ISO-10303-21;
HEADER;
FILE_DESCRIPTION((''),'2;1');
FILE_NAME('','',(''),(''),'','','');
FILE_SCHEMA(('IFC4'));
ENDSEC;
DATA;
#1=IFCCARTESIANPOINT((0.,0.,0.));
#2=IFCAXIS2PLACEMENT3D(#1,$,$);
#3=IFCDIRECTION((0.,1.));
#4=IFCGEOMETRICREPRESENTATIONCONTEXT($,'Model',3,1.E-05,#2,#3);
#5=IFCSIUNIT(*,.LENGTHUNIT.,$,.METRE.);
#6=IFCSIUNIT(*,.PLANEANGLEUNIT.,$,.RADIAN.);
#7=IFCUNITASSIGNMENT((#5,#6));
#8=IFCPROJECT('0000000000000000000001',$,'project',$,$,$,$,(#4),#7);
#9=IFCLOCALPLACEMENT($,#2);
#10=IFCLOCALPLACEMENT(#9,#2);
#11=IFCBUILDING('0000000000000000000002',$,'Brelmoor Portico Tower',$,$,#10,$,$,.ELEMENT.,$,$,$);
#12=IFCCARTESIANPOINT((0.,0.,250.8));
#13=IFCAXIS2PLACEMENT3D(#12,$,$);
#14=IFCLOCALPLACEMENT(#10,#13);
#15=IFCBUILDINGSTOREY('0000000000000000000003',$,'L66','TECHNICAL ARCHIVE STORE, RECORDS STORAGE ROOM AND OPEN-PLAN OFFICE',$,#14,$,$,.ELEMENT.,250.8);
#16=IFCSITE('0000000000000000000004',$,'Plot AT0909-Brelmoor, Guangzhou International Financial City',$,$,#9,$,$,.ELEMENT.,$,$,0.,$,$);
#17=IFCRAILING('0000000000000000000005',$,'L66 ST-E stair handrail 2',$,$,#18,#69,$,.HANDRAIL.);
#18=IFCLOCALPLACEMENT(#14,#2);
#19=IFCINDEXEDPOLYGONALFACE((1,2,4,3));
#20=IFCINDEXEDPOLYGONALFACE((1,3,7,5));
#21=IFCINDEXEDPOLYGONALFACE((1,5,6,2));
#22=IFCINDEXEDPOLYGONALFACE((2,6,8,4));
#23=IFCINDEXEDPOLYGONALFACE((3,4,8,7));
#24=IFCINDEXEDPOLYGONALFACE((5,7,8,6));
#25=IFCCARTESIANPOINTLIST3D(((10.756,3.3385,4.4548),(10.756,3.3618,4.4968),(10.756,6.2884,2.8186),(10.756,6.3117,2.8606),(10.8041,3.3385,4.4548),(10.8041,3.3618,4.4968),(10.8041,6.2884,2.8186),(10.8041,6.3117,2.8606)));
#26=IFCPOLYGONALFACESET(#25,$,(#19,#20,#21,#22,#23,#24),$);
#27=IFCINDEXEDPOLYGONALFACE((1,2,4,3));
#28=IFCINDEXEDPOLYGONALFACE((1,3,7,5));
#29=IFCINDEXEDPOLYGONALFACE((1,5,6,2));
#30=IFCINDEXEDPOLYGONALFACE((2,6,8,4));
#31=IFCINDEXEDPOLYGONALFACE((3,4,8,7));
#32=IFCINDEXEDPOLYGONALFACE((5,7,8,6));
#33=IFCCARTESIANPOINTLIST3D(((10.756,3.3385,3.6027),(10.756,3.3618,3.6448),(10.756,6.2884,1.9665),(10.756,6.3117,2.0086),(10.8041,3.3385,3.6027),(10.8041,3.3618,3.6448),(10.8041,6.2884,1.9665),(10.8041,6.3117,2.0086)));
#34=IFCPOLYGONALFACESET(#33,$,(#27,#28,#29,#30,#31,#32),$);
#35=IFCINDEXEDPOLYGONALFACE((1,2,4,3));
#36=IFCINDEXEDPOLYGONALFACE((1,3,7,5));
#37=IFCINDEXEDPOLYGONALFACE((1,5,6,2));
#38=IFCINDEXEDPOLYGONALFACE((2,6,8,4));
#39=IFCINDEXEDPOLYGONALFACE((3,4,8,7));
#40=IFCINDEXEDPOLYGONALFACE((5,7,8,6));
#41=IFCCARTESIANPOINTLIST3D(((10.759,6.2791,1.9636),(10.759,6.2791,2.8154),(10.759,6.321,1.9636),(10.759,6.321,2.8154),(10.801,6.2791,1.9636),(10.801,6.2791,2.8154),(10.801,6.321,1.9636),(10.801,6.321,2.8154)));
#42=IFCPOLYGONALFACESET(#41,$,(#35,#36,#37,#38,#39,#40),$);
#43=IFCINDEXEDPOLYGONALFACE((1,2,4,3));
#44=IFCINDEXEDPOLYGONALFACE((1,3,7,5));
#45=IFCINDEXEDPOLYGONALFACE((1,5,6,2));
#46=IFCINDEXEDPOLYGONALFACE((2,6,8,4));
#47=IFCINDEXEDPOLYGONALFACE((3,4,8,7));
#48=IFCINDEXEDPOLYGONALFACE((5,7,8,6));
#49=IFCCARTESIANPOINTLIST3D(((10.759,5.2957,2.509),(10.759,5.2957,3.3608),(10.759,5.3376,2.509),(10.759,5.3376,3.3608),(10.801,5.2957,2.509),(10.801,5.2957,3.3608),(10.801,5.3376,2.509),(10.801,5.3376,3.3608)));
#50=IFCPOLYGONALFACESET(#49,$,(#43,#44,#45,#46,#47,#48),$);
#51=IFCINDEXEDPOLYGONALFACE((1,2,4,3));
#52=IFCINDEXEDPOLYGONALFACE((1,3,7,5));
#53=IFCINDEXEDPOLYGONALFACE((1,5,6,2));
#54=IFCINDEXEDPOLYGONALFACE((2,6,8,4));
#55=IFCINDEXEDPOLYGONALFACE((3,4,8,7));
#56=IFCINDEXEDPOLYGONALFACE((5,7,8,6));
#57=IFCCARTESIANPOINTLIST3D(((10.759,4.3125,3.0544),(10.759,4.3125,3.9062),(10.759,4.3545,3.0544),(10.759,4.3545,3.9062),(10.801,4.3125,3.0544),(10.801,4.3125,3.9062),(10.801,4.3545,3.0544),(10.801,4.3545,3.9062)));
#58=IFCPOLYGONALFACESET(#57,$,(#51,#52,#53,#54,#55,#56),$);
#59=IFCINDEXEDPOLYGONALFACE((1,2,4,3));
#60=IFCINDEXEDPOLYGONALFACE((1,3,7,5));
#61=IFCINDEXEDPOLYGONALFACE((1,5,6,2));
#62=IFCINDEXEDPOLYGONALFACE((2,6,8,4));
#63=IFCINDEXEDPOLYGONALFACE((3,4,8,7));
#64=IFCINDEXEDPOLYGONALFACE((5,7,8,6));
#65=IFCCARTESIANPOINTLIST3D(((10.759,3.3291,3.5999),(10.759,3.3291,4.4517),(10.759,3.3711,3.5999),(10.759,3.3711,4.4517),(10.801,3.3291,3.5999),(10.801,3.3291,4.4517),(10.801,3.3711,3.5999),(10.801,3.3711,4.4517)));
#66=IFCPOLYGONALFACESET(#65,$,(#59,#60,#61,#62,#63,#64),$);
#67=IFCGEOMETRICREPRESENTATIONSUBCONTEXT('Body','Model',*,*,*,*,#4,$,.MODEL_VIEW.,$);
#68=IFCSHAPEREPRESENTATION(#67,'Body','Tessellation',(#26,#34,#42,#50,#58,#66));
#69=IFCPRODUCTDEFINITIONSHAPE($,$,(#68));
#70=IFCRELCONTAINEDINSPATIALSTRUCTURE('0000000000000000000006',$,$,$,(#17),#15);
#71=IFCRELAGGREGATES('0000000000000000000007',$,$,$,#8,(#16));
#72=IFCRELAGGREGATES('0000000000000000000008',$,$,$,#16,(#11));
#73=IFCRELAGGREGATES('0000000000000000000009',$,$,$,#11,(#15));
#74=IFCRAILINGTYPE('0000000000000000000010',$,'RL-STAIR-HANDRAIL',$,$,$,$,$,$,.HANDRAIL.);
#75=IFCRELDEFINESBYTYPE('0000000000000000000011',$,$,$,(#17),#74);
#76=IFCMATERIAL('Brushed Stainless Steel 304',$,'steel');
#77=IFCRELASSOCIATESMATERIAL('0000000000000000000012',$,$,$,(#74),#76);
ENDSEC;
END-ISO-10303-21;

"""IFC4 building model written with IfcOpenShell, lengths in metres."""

from ifc_helpers import new_model, si_unit, direction, frame, origin, origin_2d, place, context, subcontext, project, spatial, rectangle, extrude, material, type_object, element, save


model = new_model("IFC4")

# Units and contexts
model_context = context("Model", 3, precision=1e-05, world=origin(), true_north=direction((0.0, 1.0)))
body_context = subcontext(model_context, "Body", "Model", "MODEL_VIEW")
ifc_project = project(units=[si_unit("LENGTHUNIT", "METRE"), si_unit("PLANEANGLEUNIT", "RADIAN")], contexts=[model_context])

# Site, building, storey
site_placement = place(None, origin())
site = spatial("IfcSite", under=ifc_project, at=site_placement, Name="Plot AT0909-Brelmoor, Guangzhou International Financial City", CompositionType="ELEMENT", RefElevation=0.0)
building_placement = place(site_placement, origin())
building = spatial("IfcBuilding", under=site, at=building_placement, Name="Brelmoor Portico Tower", CompositionType="ELEMENT")
storey_placement = place(building_placement, frame((0.0, 0.0, 250.8)))
storey = spatial("IfcBuildingStorey", under=building, at=storey_placement, Name="L66", Description="TECHNICAL ARCHIVE STORE, RECORDS STORAGE ROOM AND OPEN-PLAN OFFICE", CompositionType="ELEMENT", Elevation=250.8)

# Railing
ifc_material_1 = material(Name="Brushed Stainless Steel 304", Category="steel")
railing_type_1 = type_object("IfcRailingType", Name="RL-STAIR-HANDRAIL", PredefinedType="HANDRAIL", material=ifc_material_1)
railing_1_placement = place(storey_placement, frame((10.78, 6.3, 1.9636)))
element("IfcRailing", 1, at=railing_1_placement, inside=storey, type_object=railing_type_1, Name="L66 ST-E stair handrail 2", PredefinedType="HANDRAIL", context=body_context, shape_type="SweptSolid", body=[
    extrude(rectangle(XDim=0.0481, YDim=0.0481, at=origin_2d()), frame((0.0, 0.0, 0.876), z_axis=(0.0, -0.874488, 0.485047), x_axis=(1.0, 0.0, 0.0)), (0.0, 0.0, 1.0), 3.3733),
    extrude(rectangle(XDim=0.0481, YDim=0.0481, at=origin_2d()), frame((0.0, 0.0, 0.0239), z_axis=(0.0, -0.874488, 0.485047), x_axis=(1.0, 0.0, 0.0)), (0.0, 0.0, 1.0), 3.3733),
    extrude(rectangle(XDim=0.042, YDim=0.042, at=origin_2d()), origin(), (0.0, 0.0, 1.0), 0.8518),
    extrude(rectangle(XDim=0.042, YDim=0.042, at=origin_2d()), frame((0.0, -0.9834, 0.5454)), (0.0, 0.0, 1.0), 0.8518),
    extrude(rectangle(XDim=0.042, YDim=0.042, at=origin_2d()), frame((0.0, -1.9666, 1.0908)), (0.0, 0.0, 1.0), 0.8518),
    extrude(rectangle(XDim=0.042, YDim=0.042, at=origin_2d()), frame((0.0, -2.95, 1.6362)), (0.0, 0.0, 1.0), 0.8518),
])

save(model, "model.ifc")
